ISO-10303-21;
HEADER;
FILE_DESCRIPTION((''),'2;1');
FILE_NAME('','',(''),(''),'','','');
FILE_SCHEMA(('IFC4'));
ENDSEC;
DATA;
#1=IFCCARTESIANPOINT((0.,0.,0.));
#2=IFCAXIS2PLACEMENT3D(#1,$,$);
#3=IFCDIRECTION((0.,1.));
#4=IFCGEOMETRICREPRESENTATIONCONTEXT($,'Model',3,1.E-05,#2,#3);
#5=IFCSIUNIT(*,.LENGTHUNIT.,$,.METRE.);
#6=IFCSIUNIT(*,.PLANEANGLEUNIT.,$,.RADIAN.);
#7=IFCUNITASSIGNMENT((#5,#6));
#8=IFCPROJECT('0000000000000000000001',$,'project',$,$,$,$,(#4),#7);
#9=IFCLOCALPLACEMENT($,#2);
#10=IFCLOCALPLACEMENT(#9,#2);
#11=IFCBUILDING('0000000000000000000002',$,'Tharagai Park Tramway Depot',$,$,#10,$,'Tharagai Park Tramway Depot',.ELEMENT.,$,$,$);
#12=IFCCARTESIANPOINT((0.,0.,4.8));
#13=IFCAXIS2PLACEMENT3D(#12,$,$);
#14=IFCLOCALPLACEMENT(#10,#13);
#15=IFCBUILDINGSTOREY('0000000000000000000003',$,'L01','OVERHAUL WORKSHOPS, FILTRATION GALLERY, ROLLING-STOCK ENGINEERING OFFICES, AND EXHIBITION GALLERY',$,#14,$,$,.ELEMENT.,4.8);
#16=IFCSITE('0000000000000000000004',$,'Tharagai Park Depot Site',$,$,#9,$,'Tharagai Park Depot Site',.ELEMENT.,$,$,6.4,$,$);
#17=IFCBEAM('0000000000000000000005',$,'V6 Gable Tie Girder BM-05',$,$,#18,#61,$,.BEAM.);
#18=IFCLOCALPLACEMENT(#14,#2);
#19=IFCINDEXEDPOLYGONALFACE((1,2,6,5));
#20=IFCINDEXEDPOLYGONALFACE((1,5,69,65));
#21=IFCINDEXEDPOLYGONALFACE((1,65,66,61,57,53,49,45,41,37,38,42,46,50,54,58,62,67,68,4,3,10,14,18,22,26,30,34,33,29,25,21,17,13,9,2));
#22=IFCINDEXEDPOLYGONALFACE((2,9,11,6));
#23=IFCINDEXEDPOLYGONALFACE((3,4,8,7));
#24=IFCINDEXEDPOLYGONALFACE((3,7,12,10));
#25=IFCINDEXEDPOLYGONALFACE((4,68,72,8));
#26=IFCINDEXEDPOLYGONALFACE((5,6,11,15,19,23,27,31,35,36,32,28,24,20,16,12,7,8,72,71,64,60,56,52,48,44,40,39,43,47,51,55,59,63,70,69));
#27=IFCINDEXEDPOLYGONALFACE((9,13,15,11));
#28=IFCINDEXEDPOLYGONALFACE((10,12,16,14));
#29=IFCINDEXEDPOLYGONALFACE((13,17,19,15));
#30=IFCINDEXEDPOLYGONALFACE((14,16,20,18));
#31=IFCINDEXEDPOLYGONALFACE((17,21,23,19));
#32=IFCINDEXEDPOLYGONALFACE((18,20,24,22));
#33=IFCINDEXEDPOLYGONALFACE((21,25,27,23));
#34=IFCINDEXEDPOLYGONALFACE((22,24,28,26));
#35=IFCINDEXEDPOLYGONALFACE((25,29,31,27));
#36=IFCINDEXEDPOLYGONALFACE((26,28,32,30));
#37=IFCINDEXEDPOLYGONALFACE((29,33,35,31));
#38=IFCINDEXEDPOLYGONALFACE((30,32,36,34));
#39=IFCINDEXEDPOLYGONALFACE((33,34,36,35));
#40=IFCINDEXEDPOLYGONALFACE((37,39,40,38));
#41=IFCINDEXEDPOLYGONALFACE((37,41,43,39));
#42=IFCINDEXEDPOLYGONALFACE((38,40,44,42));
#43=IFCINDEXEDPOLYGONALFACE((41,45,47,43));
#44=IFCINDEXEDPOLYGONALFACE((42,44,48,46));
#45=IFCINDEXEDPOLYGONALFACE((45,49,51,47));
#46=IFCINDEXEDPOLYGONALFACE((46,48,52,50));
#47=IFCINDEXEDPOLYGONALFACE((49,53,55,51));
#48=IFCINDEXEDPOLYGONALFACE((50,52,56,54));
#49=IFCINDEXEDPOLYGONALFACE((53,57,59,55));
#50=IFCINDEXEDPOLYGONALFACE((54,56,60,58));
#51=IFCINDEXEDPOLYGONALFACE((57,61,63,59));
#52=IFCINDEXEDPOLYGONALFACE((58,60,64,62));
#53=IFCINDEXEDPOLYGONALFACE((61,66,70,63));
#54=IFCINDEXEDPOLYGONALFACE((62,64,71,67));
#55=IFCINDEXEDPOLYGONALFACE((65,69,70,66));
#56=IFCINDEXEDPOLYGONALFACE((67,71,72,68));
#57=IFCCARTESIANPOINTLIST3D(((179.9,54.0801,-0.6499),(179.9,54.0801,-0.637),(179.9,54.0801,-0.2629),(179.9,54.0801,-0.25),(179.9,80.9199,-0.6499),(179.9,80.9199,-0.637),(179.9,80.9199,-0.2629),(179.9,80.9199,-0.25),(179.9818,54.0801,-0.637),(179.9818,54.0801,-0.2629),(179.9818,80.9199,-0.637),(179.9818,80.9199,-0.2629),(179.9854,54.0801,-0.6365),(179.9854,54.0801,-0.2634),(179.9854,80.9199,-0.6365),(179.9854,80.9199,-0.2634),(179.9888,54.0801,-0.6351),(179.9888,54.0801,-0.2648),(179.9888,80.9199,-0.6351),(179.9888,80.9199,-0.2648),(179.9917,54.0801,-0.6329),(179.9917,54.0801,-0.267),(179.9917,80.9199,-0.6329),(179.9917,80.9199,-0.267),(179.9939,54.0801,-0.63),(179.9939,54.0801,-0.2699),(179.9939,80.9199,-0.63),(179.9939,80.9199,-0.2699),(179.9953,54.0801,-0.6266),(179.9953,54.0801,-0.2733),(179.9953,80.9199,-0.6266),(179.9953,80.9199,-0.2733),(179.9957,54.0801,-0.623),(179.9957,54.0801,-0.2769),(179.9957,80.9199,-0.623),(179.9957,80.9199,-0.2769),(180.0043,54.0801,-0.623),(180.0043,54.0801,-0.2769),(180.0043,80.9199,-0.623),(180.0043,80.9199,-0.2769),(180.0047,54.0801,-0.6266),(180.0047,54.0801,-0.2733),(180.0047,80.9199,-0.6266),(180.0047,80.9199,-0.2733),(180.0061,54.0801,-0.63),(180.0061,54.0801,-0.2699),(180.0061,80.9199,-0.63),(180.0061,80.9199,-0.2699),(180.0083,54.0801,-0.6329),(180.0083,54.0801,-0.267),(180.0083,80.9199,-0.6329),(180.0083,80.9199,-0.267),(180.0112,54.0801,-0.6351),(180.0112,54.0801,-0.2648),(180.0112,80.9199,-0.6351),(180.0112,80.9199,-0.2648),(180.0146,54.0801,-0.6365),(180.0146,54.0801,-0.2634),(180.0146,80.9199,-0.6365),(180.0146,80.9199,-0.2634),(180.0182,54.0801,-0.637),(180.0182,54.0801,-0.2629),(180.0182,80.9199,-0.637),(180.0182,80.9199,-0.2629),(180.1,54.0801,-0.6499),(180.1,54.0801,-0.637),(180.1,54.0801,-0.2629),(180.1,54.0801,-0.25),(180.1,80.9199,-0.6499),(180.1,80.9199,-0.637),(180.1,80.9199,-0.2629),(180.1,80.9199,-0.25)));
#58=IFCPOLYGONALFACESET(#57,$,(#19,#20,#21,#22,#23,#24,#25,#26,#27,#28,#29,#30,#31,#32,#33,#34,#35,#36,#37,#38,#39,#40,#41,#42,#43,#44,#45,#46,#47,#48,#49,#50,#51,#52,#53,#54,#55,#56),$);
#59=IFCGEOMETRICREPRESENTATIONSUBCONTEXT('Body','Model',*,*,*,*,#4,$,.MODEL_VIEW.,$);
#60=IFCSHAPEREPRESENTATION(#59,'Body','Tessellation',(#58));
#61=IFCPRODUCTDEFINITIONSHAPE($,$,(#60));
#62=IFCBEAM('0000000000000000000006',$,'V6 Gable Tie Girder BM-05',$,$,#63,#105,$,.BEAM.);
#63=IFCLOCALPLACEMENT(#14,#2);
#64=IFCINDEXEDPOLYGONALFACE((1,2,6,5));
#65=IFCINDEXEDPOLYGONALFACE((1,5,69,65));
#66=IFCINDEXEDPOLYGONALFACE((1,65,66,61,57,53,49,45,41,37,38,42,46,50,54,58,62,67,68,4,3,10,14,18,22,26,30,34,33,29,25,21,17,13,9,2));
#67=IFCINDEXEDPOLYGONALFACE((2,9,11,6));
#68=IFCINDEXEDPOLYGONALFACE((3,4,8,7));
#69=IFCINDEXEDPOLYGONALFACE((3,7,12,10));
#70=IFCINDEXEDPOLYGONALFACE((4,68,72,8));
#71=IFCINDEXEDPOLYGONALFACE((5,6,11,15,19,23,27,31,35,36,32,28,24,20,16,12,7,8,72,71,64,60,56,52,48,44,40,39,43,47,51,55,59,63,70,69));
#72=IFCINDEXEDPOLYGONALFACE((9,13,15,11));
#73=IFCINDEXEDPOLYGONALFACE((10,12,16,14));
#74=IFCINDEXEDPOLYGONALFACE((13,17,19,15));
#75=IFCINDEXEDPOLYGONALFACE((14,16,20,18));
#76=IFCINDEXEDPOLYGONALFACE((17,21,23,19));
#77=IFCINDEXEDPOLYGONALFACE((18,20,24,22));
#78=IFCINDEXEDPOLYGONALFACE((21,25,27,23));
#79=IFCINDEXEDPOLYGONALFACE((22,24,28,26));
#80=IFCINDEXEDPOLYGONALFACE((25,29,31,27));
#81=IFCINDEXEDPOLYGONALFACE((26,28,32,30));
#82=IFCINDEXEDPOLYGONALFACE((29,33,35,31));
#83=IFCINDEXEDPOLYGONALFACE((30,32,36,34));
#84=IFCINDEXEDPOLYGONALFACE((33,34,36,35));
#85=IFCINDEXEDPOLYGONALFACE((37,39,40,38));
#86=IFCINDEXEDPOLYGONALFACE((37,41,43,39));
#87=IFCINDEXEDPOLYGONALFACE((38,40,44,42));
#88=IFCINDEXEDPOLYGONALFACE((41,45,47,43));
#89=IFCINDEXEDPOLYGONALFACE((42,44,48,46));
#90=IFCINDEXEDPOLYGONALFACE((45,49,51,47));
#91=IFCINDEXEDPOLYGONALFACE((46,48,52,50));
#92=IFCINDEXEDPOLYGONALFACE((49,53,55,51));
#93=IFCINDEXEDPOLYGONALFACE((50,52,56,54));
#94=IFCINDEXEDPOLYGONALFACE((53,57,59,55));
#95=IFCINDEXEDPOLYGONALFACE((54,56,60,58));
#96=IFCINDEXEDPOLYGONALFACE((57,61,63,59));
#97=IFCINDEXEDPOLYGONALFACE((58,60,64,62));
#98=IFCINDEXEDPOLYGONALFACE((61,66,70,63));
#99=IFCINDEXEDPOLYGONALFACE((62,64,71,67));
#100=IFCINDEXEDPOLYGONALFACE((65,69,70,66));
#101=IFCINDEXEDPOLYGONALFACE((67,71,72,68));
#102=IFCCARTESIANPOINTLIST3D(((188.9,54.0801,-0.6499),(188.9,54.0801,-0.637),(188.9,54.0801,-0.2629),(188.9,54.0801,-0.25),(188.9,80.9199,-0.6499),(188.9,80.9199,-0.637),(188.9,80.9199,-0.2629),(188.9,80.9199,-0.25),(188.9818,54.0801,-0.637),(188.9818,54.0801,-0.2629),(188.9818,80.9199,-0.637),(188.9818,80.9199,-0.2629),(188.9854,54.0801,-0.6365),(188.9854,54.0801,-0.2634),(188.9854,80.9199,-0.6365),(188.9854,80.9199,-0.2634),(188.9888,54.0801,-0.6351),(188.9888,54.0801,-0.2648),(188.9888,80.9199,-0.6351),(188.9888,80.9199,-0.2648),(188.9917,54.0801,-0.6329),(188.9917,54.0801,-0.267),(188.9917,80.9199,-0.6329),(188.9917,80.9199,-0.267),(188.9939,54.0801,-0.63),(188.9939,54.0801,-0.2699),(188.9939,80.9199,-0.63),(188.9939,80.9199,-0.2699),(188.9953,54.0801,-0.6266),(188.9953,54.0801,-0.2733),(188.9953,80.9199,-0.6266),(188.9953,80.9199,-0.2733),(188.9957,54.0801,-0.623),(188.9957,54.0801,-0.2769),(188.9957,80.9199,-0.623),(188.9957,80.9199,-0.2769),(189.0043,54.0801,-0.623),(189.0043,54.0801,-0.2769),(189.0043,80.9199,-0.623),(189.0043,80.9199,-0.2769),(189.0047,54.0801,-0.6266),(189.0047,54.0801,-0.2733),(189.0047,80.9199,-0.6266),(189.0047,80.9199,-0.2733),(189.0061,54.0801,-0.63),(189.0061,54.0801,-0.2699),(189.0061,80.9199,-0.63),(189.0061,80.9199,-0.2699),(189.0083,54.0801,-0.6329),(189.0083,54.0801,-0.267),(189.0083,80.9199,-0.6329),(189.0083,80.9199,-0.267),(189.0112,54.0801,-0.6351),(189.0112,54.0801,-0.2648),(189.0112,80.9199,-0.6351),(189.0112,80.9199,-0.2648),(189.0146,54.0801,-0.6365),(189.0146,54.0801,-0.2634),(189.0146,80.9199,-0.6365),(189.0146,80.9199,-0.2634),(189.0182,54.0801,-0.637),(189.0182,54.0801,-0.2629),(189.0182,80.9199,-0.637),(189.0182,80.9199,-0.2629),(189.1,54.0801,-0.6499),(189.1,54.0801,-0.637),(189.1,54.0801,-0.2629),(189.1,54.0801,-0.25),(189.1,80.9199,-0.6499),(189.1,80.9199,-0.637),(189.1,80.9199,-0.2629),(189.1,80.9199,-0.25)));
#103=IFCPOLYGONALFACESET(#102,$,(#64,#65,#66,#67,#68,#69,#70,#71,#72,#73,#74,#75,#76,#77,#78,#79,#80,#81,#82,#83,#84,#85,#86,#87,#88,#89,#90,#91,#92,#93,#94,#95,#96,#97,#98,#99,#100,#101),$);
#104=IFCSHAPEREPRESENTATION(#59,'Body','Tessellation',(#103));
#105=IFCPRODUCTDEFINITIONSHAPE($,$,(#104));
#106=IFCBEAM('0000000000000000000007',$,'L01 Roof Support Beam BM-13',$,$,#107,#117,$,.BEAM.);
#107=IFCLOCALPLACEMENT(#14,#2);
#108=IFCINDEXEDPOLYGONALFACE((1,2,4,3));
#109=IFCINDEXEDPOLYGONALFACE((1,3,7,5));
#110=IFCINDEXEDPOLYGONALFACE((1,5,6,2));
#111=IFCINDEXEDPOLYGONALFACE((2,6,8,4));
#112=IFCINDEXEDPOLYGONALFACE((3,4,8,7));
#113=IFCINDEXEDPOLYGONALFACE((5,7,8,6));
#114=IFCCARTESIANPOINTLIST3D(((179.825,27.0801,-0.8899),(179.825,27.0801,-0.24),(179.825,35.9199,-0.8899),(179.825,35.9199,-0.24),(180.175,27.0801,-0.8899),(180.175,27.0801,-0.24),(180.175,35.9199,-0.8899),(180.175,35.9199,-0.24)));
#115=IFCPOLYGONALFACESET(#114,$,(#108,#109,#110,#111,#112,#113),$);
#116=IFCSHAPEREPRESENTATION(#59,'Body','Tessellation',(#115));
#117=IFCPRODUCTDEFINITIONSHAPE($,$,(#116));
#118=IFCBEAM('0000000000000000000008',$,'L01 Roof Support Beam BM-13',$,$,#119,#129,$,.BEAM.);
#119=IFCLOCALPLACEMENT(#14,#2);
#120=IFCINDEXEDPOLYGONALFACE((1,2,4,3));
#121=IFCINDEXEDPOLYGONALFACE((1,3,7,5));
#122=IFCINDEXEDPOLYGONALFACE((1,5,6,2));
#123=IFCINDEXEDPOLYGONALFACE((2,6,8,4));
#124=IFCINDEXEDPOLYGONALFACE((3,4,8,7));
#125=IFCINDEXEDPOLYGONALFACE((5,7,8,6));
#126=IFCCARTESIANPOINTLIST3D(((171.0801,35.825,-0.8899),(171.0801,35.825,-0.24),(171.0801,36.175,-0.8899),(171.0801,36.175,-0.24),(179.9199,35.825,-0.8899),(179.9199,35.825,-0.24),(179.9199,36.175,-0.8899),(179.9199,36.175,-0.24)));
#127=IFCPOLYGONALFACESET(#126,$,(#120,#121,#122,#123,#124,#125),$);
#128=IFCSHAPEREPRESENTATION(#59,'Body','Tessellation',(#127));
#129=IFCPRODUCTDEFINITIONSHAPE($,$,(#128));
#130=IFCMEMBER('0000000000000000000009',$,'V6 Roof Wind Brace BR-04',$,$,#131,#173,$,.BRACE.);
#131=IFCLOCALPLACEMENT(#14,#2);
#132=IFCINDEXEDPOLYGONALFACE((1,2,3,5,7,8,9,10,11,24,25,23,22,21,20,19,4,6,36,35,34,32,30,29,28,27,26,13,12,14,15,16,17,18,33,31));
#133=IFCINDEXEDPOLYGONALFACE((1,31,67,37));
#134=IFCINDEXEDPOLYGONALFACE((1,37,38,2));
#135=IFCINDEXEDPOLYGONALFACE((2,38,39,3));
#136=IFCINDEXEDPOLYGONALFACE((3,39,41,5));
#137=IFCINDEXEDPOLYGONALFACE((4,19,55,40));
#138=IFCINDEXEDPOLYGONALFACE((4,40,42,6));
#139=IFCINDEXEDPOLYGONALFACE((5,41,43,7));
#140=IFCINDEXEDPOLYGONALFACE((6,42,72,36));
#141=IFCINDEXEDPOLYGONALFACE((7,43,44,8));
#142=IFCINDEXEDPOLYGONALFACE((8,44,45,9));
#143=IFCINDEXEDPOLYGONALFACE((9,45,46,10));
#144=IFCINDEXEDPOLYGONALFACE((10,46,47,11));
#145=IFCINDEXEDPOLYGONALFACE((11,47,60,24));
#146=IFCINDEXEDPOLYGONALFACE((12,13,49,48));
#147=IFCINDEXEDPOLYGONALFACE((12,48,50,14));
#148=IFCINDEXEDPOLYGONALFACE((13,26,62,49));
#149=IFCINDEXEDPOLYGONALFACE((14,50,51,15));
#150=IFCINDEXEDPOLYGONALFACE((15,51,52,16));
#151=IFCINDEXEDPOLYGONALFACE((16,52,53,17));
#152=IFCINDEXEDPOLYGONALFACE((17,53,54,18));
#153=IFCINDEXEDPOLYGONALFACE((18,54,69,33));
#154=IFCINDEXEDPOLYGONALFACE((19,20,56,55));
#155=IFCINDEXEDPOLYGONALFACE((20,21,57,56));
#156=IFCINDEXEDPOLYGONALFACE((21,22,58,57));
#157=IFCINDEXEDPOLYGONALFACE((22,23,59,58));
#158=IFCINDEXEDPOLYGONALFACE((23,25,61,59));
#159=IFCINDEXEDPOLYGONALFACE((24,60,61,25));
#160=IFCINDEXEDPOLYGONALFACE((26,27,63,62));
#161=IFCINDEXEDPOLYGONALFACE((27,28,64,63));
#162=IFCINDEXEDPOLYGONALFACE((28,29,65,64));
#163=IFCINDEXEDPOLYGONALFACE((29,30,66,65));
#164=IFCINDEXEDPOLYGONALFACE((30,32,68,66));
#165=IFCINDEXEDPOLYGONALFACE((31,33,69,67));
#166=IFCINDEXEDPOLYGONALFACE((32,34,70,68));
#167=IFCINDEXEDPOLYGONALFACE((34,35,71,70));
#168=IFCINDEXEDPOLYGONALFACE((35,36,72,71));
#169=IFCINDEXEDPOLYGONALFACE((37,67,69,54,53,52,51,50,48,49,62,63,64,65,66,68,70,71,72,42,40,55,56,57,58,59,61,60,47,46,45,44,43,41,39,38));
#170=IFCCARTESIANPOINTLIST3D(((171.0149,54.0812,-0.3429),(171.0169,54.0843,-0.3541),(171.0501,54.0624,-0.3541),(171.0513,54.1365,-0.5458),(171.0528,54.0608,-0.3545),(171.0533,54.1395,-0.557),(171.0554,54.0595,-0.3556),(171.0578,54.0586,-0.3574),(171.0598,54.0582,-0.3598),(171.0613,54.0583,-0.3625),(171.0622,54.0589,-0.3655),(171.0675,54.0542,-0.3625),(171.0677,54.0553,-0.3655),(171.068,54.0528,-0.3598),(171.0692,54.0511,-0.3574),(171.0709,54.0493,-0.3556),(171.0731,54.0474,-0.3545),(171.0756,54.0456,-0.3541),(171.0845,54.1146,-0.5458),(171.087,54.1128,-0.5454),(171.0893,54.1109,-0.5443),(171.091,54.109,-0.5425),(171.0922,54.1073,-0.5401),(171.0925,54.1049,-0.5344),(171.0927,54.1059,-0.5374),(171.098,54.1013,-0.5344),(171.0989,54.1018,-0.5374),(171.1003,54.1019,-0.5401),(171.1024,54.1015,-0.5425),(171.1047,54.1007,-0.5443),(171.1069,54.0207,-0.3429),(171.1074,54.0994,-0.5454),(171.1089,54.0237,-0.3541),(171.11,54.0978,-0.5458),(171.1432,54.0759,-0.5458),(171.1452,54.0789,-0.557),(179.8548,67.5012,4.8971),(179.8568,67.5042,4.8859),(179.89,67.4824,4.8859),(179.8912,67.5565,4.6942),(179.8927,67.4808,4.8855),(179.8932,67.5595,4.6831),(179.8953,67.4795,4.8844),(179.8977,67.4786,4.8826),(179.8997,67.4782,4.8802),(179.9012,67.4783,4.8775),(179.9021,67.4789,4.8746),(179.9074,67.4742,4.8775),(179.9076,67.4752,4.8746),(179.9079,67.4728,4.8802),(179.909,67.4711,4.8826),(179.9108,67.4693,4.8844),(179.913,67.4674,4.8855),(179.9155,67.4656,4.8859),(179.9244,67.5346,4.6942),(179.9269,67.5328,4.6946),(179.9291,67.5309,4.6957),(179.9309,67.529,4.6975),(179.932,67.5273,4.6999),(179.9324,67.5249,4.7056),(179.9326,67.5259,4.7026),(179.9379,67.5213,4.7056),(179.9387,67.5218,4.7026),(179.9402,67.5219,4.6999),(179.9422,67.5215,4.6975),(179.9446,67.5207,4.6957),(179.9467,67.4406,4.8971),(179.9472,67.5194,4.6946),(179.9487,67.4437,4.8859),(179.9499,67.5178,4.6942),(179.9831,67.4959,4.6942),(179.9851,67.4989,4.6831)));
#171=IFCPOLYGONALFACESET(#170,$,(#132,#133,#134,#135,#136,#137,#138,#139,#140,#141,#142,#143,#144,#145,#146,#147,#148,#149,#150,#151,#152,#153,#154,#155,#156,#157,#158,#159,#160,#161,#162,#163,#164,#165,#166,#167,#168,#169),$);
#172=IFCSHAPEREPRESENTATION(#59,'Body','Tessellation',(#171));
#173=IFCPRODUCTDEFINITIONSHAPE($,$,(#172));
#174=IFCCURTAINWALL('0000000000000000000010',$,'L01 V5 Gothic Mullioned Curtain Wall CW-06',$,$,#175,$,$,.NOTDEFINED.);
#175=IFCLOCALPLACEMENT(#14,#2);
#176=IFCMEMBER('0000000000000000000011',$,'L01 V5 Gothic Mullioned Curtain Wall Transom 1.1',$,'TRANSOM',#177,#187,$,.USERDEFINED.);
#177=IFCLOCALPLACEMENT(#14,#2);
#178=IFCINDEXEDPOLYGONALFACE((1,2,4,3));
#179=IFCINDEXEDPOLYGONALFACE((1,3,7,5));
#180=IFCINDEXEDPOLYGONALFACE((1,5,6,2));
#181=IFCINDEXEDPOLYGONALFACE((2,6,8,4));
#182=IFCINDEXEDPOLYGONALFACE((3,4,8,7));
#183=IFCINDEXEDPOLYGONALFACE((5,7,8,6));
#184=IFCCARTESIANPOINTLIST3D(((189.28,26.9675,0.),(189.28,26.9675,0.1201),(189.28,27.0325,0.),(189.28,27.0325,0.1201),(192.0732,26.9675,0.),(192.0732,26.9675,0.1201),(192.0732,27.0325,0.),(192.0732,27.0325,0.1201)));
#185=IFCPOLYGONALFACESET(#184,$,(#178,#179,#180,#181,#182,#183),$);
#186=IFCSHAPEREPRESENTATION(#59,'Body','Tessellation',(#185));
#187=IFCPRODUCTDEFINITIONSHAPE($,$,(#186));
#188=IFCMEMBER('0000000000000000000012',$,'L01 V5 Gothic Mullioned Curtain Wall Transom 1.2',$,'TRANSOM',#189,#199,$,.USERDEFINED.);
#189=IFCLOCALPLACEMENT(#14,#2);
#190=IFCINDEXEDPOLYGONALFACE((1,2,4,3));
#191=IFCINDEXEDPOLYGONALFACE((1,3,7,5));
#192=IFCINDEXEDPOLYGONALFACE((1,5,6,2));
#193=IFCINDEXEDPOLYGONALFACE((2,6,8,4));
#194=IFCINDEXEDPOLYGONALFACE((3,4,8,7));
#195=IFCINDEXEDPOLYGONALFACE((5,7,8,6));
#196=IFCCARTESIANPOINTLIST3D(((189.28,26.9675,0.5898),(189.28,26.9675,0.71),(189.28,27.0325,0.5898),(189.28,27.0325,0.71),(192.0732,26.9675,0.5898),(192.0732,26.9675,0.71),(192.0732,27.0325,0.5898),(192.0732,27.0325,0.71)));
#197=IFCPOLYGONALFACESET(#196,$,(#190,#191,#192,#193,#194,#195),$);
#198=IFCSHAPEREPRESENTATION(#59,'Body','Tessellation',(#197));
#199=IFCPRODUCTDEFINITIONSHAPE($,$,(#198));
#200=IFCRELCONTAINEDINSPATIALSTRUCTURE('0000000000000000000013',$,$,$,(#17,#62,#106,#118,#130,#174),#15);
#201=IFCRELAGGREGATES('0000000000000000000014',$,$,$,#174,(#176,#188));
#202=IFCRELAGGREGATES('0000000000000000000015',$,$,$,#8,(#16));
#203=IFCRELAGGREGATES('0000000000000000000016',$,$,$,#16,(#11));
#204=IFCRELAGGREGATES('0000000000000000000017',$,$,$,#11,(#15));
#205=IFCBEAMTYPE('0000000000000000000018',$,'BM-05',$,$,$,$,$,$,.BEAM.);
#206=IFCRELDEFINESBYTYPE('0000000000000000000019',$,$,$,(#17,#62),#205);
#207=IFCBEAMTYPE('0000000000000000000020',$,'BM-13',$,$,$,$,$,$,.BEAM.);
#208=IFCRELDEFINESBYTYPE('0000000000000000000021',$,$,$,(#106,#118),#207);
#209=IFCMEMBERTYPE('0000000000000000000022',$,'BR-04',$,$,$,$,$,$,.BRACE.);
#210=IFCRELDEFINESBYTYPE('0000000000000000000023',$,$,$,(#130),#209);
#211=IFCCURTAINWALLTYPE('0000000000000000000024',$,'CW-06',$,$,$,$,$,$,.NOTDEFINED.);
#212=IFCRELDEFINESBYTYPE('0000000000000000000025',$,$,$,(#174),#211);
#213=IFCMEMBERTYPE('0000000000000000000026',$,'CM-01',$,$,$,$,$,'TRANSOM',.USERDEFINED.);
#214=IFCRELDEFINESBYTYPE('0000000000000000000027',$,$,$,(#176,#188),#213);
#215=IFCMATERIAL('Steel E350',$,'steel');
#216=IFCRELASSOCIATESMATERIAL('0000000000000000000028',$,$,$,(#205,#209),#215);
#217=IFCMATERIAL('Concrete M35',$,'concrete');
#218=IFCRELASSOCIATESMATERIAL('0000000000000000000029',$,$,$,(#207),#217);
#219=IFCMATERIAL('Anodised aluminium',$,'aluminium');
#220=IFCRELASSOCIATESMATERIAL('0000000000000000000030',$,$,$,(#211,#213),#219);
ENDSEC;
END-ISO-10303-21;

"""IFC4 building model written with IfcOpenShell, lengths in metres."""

from ifc_helpers import new_model, si_unit, direction, frame, origin, origin_2d, place, context, subcontext, project, spatial, rectangle, i_section, extrude, material, material_profile, profile_set, type_object, element, aggregate, save


model = new_model("IFC4")

# Units and contexts
model_context = context("Model", 3, precision=1e-05, world=origin(), true_north=direction((0.0, 1.0)))
body_context = subcontext(model_context, "Body", "Model", "MODEL_VIEW")
ifc_project = project(units=[si_unit("LENGTHUNIT", "METRE"), si_unit("PLANEANGLEUNIT", "RADIAN")], contexts=[model_context])

# Site, building, storey
site_placement = place(None, origin())
site = spatial("IfcSite", under=ifc_project, at=site_placement, Name="Tharagai Park Depot Site", LongName="Tharagai Park Depot Site", CompositionType="ELEMENT", RefElevation=6.4)
building_placement = place(site_placement, origin())
building = spatial("IfcBuilding", under=site, at=building_placement, Name="Tharagai Park Tramway Depot", LongName="Tharagai Park Tramway Depot", CompositionType="ELEMENT")
storey_placement = place(building_placement, frame((0.0, 0.0, 4.8)))
storey = spatial("IfcBuildingStorey", under=building, at=storey_placement, Name="L01", Description="OVERHAUL WORKSHOPS, FILTRATION GALLERY, ROLLING-STOCK ENGINEERING OFFICES, AND EXHIBITION GALLERY", CompositionType="ELEMENT", Elevation=4.8)

# Beams
ifc_material_1 = material(Name="Steel E350", Category="steel")
ifc_material_profile_1 = material_profile(ifc_material_1, i_section(OverallWidth=0.2, OverallDepth=0.3999, WebThickness=0.0085, FlangeThickness=0.0129, FilletRadius=0.0139, at=origin_2d()), Name="ISWB 400")
ifc_profile_set_1 = profile_set([ifc_material_profile_1], Name="Steel E350")
beam_type_1 = type_object("IfcBeamType", Name="BM-05", PredefinedType="BEAM", material=ifc_profile_set_1)
for number, where, z_axis, x_axis, name in (
    (1, (180.0, 54.0801, -0.45), (0.0, 1.0, 0.0), (-1.0, 0.0, 0.0), "V6 Gable Tie Girder BM-05"),
    (2, (189.0, 54.0801, -0.45), (0.0, 1.0, 0.0), (-1.0, 0.0, 0.0), "V6 Gable Tie Girder BM-05"),
):
    element("IfcBeam", number, at=place(storey_placement, frame(where, z_axis=z_axis, x_axis=x_axis)), inside=storey, type_object=beam_type_1, Name=name, PredefinedType="BEAM", context=body_context, shape_type="SweptSolid", body=[
        extrude(i_section(OverallWidth=0.2, OverallDepth=0.3999, WebThickness=0.0085, FlangeThickness=0.0129, FilletRadius=0.0139, at=origin_2d()), origin(), (0.0, 0.0, 1.0), 26.8398),
    ])
ifc_material_2 = material(Name="Concrete M35", Category="concrete")
ifc_material_profile_2 = material_profile(ifc_material_2, rectangle(XDim=0.3501, YDim=0.6499, at=origin_2d()), Name="RC 350x650")
ifc_profile_set_2 = profile_set([ifc_material_profile_2], Name="Concrete M35")
beam_type_2 = type_object("IfcBeamType", Name="BM-13", PredefinedType="BEAM", material=ifc_profile_set_2)
for number, where, z_axis, x_axis, name in (
    (3, (180.0, 27.0801, -0.5649), (0.0, 1.0, 0.0), (-1.0, 0.0, 0.0), "L01 Roof Support Beam BM-13"),
    (4, (171.0801, 36.0, -0.5649), (1.0, 0.0, 0.0), (0.0, 1.0, 0.0), "L01 Roof Support Beam BM-13"),
):
    element("IfcBeam", number, at=place(storey_placement, frame(where, z_axis=z_axis, x_axis=x_axis)), inside=storey, type_object=beam_type_2, Name=name, PredefinedType="BEAM", context=body_context, shape_type="SweptSolid", body=[
        extrude(rectangle(XDim=0.3501, YDim=0.6499, at=origin_2d()), origin(), (0.0, 0.0, 1.0), 8.8398),
    ])

# Member
ifc_material_profile_3 = material_profile(ifc_material_1, i_section(OverallWidth=0.1101, OverallDepth=0.2251, WebThickness=0.0066, FlangeThickness=0.0117, FilletRadius=0.012, at=origin_2d()), Name="ISMB 225")
ifc_profile_set_3 = profile_set([ifc_material_profile_3], Name="Steel E350")
member_type_1 = type_object("IfcMemberType", Name="BR-04", PredefinedType="BRACE", material=ifc_profile_set_3)
member_1_placement = place(storey_placement, frame((171.0801, 54.0801, -0.45), z_axis=(0.52299, 0.793961, 0.310013), x_axis=(-0.835104, 0.550092, 0.0)))
element("IfcMember", 5, at=member_1_placement, inside=storey, type_object=member_type_1, Name="V6 Roof Wind Brace BR-04", PredefinedType="BRACE", context=body_context, shape_type="SweptSolid", body=[
    extrude(i_section(OverallWidth=0.1101, OverallDepth=0.2251, WebThickness=0.0066, FlangeThickness=0.0117, FilletRadius=0.012, at=origin_2d()), origin(), (0.0, 0.0, 1.0), 16.9026),
])

# Curtain wall, members
ifc_material_3 = material(Name="Anodised aluminium", Category="aluminium")
curtain_wall_type = type_object("IfcCurtainWallType", Name="CW-06", PredefinedType="NOTDEFINED", material=ifc_material_3)
curtain_wall_1_placement = place(storey_placement, origin())
curtain_wall_1 = element("IfcCurtainWall", 6, at=curtain_wall_1_placement, inside=storey, type_object=curtain_wall_type, Name="L01 V5 Gothic Mullioned Curtain Wall CW-06", PredefinedType="NOTDEFINED")
ifc_material_profile_4 = material_profile(ifc_material_3, rectangle(XDim=0.0649, YDim=0.1201, at=origin_2d()), Name="ALU 65x120")
ifc_profile_set_4 = profile_set([ifc_material_profile_4], Name="Anodised aluminium")
member_type_2 = type_object("IfcMemberType", Name="CM-01", ElementType="TRANSOM", PredefinedType="USERDEFINED", material=ifc_profile_set_4)
member_2_placement = place(storey_placement, frame((189.28, 27.0, 0.0601), z_axis=(1.0, 0.0, 0.0), x_axis=(0.0, 1.0, 0.0)))
member_2 = element("IfcMember", 7, at=member_2_placement, type_object=member_type_2, Name="L01 V5 Gothic Mullioned Curtain Wall Transom 1.1", ObjectType="TRANSOM", PredefinedType="USERDEFINED", context=body_context, shape_type="SweptSolid", body=[
    extrude(rectangle(XDim=0.0649, YDim=0.1201, at=origin_2d()), origin(), (0.0, 0.0, 1.0), 2.7932),
])
member_3_placement = place(storey_placement, frame((189.28, 27.0, 0.6499), z_axis=(1.0, 0.0, 0.0), x_axis=(0.0, 1.0, 0.0)))
member_3 = element("IfcMember", 8, at=member_3_placement, type_object=member_type_2, Name="L01 V5 Gothic Mullioned Curtain Wall Transom 1.2", ObjectType="TRANSOM", PredefinedType="USERDEFINED", context=body_context, shape_type="SweptSolid", body=[
    extrude(rectangle(XDim=0.0649, YDim=0.1201, at=origin_2d()), origin(), (0.0, 0.0, 1.0), 2.7932),
])

aggregate(curtain_wall_1, [member_2, member_3])

save(model, "model.ifc")
